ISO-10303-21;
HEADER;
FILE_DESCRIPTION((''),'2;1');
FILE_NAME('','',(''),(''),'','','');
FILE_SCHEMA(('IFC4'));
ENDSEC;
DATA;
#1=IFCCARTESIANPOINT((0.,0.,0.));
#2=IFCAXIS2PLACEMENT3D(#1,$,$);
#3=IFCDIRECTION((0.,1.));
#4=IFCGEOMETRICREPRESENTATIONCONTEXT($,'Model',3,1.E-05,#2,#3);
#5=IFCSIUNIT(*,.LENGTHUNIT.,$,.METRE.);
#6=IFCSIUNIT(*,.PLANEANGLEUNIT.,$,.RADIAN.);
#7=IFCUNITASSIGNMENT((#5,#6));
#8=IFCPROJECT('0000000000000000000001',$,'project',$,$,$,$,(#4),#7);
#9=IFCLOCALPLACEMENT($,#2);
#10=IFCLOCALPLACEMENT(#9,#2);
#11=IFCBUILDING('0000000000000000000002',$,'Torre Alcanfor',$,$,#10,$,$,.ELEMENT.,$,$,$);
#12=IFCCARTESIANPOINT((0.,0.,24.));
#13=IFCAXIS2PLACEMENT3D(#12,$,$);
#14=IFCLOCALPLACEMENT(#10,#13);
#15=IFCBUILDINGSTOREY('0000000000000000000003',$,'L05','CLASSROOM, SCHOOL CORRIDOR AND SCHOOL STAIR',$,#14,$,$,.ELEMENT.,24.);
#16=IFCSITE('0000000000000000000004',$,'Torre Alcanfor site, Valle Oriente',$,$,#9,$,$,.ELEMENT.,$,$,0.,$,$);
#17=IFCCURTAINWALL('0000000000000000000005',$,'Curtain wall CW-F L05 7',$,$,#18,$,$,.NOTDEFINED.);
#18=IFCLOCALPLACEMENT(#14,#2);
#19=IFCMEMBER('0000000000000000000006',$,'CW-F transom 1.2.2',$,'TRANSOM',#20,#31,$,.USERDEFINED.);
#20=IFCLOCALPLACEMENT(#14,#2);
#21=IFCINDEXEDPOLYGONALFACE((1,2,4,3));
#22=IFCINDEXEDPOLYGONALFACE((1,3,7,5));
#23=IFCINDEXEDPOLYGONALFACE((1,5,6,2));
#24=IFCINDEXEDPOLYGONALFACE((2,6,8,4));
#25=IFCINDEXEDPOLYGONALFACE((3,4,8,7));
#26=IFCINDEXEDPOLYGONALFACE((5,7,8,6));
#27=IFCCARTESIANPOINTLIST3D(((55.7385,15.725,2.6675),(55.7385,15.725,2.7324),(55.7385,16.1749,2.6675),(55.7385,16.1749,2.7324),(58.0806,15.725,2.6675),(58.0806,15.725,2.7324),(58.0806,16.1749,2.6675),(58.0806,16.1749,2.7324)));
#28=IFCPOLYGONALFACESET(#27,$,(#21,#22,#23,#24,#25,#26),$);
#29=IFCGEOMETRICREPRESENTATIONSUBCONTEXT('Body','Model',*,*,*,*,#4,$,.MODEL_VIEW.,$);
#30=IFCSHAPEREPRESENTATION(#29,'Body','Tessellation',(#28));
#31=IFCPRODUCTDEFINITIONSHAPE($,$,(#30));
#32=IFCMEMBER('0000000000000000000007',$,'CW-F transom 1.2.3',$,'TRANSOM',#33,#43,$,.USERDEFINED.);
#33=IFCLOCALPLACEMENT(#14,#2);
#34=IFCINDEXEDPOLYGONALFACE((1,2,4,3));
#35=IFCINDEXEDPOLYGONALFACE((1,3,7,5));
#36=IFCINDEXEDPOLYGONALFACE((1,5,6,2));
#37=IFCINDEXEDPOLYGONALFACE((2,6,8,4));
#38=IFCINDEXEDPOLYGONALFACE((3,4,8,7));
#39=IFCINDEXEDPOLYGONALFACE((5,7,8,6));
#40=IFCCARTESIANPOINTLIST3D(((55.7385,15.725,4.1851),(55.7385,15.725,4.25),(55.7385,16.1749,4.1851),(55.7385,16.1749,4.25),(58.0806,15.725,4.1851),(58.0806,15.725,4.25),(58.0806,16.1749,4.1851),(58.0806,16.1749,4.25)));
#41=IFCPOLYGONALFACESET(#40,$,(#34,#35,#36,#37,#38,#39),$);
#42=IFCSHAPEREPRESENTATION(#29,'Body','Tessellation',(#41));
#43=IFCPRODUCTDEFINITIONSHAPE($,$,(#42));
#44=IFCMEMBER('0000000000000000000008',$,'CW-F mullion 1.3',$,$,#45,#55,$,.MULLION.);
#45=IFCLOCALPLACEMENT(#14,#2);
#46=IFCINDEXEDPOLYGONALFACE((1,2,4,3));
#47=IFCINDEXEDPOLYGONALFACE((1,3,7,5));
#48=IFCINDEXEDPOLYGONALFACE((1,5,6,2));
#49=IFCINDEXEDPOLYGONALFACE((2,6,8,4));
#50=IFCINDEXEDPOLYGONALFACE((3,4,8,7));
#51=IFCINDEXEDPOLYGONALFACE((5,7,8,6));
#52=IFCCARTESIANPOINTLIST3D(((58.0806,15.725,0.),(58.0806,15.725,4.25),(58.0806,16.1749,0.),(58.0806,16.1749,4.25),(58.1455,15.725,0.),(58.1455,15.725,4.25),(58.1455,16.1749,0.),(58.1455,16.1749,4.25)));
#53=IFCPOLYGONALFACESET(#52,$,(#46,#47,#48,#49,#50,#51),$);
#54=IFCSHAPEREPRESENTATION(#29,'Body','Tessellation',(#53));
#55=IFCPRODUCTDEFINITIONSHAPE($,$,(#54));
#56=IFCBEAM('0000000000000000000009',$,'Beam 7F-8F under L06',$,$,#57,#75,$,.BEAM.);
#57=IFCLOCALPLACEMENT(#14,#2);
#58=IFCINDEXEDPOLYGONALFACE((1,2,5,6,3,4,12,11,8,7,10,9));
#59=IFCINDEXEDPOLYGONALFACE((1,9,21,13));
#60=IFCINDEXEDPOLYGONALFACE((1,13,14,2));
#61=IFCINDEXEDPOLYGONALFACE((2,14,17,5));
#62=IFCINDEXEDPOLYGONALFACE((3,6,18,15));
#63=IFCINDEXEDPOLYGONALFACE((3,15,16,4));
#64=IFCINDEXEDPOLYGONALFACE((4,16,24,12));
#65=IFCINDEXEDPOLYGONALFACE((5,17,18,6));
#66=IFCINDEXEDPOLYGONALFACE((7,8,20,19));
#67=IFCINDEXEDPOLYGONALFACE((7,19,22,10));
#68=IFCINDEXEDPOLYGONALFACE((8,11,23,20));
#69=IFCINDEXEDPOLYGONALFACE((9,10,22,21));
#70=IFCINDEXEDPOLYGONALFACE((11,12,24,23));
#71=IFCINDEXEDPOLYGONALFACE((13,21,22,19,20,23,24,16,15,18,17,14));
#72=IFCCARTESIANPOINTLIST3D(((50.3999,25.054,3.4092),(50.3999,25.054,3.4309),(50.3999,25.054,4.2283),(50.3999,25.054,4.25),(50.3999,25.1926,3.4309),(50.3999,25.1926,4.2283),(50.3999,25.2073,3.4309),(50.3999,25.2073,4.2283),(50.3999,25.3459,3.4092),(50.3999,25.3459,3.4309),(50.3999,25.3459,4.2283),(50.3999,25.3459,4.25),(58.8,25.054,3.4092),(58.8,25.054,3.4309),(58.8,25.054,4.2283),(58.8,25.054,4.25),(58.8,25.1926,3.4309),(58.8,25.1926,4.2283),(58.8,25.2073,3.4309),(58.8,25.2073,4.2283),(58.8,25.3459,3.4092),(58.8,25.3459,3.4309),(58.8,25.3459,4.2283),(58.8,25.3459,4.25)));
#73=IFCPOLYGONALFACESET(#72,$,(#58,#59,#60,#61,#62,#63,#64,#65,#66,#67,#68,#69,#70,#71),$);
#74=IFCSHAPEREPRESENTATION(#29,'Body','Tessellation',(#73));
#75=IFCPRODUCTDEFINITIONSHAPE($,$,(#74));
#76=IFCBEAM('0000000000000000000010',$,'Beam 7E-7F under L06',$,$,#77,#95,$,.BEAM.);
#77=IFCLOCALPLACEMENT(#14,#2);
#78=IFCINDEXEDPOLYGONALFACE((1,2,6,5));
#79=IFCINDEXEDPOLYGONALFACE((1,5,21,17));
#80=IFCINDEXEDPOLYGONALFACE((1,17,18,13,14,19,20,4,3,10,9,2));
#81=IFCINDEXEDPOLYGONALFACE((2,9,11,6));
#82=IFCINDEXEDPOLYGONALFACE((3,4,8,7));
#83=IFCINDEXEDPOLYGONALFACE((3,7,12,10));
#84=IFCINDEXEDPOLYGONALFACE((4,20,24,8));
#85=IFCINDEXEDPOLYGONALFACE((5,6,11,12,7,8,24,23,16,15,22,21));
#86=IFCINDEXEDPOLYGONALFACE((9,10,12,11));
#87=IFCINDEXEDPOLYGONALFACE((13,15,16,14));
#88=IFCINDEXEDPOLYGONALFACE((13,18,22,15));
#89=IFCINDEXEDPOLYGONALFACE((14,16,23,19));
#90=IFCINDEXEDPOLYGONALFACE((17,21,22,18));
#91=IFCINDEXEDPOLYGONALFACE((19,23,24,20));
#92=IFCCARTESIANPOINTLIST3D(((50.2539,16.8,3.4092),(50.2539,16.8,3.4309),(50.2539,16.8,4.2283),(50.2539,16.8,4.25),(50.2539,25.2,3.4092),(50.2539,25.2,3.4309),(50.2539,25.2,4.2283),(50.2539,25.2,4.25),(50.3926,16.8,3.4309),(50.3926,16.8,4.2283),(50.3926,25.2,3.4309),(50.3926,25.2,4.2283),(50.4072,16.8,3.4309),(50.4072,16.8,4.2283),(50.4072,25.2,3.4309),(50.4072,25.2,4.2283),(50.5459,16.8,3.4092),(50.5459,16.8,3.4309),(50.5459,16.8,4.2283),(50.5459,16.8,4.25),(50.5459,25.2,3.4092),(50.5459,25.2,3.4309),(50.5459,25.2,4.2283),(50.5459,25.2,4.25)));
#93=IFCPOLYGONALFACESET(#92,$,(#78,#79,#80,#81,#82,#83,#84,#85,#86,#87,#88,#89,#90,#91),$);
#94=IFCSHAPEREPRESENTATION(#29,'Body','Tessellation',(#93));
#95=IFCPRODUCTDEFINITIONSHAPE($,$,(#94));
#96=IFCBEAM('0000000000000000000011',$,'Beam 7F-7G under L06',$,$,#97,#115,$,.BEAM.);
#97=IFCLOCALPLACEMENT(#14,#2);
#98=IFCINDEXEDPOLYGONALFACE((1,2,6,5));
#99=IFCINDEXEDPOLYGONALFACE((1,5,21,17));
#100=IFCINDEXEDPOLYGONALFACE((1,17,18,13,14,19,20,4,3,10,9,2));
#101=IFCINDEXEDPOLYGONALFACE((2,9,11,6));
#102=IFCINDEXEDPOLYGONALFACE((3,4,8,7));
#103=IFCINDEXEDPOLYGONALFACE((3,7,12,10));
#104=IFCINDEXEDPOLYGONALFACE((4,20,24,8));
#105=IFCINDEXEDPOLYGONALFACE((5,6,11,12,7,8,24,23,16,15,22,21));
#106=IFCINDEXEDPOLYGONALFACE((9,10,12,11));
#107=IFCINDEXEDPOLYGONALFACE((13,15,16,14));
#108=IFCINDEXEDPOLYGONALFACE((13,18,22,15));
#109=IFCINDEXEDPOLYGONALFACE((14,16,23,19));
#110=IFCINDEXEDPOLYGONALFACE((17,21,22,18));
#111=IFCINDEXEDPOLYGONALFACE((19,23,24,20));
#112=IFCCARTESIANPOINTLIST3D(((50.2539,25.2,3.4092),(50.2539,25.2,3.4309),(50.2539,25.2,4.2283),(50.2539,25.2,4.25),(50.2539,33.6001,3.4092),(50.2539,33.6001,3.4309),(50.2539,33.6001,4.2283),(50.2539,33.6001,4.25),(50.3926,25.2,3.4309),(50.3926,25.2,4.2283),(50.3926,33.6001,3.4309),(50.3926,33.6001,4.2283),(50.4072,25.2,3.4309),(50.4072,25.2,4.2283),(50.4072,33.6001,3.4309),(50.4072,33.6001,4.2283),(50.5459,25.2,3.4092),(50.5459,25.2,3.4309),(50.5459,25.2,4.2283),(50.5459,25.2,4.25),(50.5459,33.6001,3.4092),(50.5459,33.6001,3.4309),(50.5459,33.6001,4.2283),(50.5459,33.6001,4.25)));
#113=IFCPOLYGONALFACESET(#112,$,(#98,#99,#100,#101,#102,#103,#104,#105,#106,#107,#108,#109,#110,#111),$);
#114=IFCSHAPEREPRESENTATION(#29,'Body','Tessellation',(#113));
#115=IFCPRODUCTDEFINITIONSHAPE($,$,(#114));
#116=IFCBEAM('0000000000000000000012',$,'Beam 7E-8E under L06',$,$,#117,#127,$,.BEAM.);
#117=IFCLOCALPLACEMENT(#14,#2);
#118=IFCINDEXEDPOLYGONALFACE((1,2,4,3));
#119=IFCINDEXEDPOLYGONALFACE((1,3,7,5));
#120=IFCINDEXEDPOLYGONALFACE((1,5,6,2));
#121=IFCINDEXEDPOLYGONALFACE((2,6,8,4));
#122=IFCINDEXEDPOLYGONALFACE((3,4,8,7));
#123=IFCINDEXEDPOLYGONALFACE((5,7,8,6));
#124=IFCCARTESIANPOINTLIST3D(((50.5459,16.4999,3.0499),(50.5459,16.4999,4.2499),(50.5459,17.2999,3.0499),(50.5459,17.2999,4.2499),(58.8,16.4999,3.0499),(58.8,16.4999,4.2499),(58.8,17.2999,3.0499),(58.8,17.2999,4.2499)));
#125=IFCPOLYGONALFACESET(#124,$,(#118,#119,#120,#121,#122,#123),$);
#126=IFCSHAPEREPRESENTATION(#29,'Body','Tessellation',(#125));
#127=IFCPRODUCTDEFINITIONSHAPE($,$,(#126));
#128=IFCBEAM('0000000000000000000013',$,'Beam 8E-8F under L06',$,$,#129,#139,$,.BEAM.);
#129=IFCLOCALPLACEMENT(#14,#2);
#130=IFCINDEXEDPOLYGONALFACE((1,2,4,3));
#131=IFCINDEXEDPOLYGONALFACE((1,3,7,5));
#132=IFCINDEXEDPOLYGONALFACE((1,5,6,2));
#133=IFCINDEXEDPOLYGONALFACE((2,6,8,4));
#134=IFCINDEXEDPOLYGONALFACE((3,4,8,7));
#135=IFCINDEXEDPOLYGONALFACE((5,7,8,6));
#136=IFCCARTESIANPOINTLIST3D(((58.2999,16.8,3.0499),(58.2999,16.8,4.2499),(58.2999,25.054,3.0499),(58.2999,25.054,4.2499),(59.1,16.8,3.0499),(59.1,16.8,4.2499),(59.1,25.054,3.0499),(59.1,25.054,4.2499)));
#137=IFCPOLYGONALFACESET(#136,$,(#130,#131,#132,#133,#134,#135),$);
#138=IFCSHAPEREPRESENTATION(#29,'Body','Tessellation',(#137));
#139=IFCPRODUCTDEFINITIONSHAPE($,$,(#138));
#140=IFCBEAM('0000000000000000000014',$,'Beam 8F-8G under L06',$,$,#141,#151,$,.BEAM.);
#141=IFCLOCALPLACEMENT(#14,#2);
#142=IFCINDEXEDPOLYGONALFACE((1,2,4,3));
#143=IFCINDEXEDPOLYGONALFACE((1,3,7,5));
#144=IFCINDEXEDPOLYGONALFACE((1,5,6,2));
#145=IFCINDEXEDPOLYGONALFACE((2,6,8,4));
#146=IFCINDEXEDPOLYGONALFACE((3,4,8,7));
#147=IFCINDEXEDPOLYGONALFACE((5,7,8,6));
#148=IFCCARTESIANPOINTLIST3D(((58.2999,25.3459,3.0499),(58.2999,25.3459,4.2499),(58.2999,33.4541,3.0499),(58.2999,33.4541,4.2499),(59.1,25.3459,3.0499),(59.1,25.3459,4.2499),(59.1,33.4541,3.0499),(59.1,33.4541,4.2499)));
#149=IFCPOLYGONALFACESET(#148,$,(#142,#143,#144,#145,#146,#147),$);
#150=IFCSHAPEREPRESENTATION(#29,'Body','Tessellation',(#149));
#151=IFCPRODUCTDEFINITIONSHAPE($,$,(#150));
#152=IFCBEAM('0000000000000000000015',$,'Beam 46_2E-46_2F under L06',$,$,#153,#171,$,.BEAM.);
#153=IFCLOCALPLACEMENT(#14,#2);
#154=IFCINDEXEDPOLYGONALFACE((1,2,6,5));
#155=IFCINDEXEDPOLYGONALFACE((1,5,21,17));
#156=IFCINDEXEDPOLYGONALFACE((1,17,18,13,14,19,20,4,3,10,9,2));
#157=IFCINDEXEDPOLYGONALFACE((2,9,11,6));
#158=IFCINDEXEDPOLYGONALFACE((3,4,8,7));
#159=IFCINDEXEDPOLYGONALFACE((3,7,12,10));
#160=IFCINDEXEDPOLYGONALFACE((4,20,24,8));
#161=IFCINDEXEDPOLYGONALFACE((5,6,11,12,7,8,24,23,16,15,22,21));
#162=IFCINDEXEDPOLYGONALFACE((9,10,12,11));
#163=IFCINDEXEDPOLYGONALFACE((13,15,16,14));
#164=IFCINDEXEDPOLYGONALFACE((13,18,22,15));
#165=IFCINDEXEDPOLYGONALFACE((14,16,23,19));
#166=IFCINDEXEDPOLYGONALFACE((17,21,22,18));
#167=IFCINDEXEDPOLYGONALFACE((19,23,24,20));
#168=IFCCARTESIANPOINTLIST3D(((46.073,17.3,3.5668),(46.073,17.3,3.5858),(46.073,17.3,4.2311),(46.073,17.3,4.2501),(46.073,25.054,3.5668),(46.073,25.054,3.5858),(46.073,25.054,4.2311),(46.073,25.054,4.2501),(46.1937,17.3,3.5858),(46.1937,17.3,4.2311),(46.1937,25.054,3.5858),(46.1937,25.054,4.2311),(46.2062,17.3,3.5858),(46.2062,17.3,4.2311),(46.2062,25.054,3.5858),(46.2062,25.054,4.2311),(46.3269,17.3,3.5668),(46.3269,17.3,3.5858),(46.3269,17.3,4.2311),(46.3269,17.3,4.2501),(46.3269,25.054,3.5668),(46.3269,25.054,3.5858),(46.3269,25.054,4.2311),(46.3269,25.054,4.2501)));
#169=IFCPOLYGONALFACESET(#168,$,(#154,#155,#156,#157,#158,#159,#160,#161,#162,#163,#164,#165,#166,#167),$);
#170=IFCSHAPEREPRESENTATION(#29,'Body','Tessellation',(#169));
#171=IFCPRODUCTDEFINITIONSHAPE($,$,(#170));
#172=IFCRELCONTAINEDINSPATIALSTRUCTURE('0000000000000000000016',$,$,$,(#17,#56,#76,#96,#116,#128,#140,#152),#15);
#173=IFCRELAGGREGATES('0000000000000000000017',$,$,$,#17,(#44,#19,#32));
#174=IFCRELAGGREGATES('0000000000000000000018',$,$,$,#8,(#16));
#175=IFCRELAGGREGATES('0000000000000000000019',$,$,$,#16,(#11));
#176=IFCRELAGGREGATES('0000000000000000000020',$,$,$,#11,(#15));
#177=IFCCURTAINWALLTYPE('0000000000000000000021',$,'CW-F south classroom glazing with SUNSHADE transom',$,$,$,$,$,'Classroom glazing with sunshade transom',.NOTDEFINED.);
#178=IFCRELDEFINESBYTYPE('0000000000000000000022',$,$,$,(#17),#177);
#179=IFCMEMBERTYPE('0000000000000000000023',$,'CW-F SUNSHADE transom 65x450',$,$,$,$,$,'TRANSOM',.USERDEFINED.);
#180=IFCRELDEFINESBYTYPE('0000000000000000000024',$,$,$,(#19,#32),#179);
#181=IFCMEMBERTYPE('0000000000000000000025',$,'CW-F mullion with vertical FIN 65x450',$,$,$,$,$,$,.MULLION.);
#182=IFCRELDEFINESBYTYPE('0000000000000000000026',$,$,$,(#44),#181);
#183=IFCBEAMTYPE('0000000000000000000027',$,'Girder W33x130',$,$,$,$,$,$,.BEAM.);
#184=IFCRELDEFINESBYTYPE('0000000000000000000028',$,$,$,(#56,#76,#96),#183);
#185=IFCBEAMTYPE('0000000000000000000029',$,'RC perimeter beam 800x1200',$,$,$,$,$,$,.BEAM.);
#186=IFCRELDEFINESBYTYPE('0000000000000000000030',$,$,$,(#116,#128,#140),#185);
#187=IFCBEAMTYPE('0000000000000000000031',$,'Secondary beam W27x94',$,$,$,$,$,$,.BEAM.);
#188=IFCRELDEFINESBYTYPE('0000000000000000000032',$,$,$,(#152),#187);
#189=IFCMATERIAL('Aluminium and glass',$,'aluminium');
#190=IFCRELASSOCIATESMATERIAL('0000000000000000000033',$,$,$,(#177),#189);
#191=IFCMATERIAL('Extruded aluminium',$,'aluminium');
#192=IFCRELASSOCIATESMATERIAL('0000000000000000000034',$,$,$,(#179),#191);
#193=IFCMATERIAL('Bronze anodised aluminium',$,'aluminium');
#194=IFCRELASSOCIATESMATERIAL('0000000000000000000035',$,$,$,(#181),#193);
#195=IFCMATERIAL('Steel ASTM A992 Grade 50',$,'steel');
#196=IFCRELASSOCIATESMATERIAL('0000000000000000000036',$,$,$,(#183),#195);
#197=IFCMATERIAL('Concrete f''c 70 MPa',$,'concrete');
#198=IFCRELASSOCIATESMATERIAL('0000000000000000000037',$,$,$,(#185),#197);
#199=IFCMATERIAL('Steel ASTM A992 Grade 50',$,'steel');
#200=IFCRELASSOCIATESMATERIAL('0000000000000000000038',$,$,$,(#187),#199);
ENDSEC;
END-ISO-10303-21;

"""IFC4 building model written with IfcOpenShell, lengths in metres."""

from ifc_helpers import new_model, si_unit, direction, frame, origin, origin_2d, place, context, subcontext, project, spatial, rectangle, i_section, extrude, material, material_profile, profile_set, type_object, element, aggregate, save


model = new_model("IFC4")

# Units and contexts
model_context = context("Model", 3, precision=1e-05, world=origin(), true_north=direction((0.0, 1.0)))
body_context = subcontext(model_context, "Body", "Model", "MODEL_VIEW")
ifc_project = project(units=[si_unit("LENGTHUNIT", "METRE"), si_unit("PLANEANGLEUNIT", "RADIAN")], contexts=[model_context])

# Site, building, storey
site_placement = place(None, origin())
site = spatial("IfcSite", under=ifc_project, at=site_placement, Name="Torre Alcanfor site, Valle Oriente", CompositionType="ELEMENT", RefElevation=0.0)
building_placement = place(site_placement, origin())
building = spatial("IfcBuilding", under=site, at=building_placement, Name="Torre Alcanfor", CompositionType="ELEMENT")
storey_placement = place(building_placement, frame((0.0, 0.0, 24.0)))
storey = spatial("IfcBuildingStorey", under=building, at=storey_placement, Name="L05", Description="CLASSROOM, SCHOOL CORRIDOR AND SCHOOL STAIR", CompositionType="ELEMENT", Elevation=24.0)

# Curtain wall, members
ifc_material_1 = material(Name="Aluminium and glass", Category="aluminium")
curtain_wall_type_1 = type_object("IfcCurtainWallType", Name="CW-F south classroom glazing with SUNSHADE transom", ElementType="Classroom glazing with sunshade transom", PredefinedType="NOTDEFINED", material=ifc_material_1)
curtain_wall_1_placement = place(storey_placement, origin())
curtain_wall_1 = element("IfcCurtainWall", 1, at=curtain_wall_1_placement, inside=storey, type_object=curtain_wall_type_1, Name="Curtain wall CW-F L05 7", PredefinedType="NOTDEFINED")
ifc_material_2 = material(Name="Extruded aluminium", Category="aluminium")
ifc_material_profile_1 = material_profile(ifc_material_2, rectangle(XDim=0.45, YDim=0.0649, at=origin_2d()), Name="CW-F transom 450x65")
ifc_profile_set_1 = profile_set([ifc_material_profile_1], Name="Extruded aluminium")
member_type_1 = type_object("IfcMemberType", Name="CW-F SUNSHADE transom 65x450", ElementType="TRANSOM", PredefinedType="USERDEFINED", material=ifc_profile_set_1)
member_1_placement = place(storey_placement, frame((55.7385, 15.95, 2.7), z_axis=(1.0, 0.0, 0.0), x_axis=(0.0, 1.0, 0.0)))
member_1 = element("IfcMember", 2, at=member_1_placement, type_object=member_type_1, Name="CW-F transom 1.2.2", ObjectType="TRANSOM", PredefinedType="USERDEFINED", context=body_context, shape_type="SweptSolid", body=[
    extrude(rectangle(XDim=0.45, YDim=0.0649, at=origin_2d()), origin(), (0.0, 0.0, 1.0), 2.342),
])
member_2_placement = place(storey_placement, frame((55.7385, 15.95, 4.2175), z_axis=(1.0, 0.0, 0.0), x_axis=(0.0, 1.0, 0.0)))
member_2 = element("IfcMember", 3, at=member_2_placement, type_object=member_type_1, Name="CW-F transom 1.2.3", ObjectType="TRANSOM", PredefinedType="USERDEFINED", context=body_context, shape_type="SweptSolid", body=[
    extrude(rectangle(XDim=0.45, YDim=0.0649, at=origin_2d()), origin(), (0.0, 0.0, 1.0), 2.342),
])
ifc_material_3 = material(Name="Bronze anodised aluminium", Category="aluminium")
ifc_material_profile_2 = material_profile(ifc_material_3, rectangle(XDim=0.45, YDim=0.0649, at=origin_2d()), Name="CW-F mullion 65x450")
ifc_profile_set_2 = profile_set([ifc_material_profile_2], Name="Bronze anodised aluminium")
member_type_2 = type_object("IfcMemberType", Name="CW-F mullion with vertical FIN 65x450", PredefinedType="MULLION", material=ifc_profile_set_2)
member_3_placement = place(storey_placement, frame((58.113, 15.95, 0.0), z_axis=(0.0, 0.0, 1.0), x_axis=(0.0, 1.0, 0.0)))
member_3 = element("IfcMember", 4, at=member_3_placement, type_object=member_type_2, Name="CW-F mullion 1.3", PredefinedType="MULLION", context=body_context, shape_type="SweptSolid", body=[
    extrude(rectangle(XDim=0.45, YDim=0.0649, at=origin_2d()), origin(), (0.0, 0.0, 1.0), 4.25),
])

# Beams
ifc_material_4 = material(Name="Steel ASTM A992 Grade 50", Category="steel")
ifc_material_profile_3 = material_profile(ifc_material_4, i_section(OverallWidth=0.292, OverallDepth=0.8408, WebThickness=0.0146, FlangeThickness=0.0217, at=origin_2d()), Name="W33x130")
ifc_profile_set_3 = profile_set([ifc_material_profile_3], Name="Steel ASTM A992 Grade 50")
beam_type_1 = type_object("IfcBeamType", Name="Girder W33x130", PredefinedType="BEAM", material=ifc_profile_set_3)
beam_1_placement = place(storey_placement, frame((50.3999, 25.2, 3.8296), z_axis=(1.0, 0.0, 0.0), x_axis=(0.0, 1.0, 0.0)))
element("IfcBeam", 5, at=beam_1_placement, inside=storey, type_object=beam_type_1, Name="Beam 7F-8F under L06", PredefinedType="BEAM", context=body_context, shape_type="SweptSolid", body=[
    extrude(i_section(OverallWidth=0.292, OverallDepth=0.8408, WebThickness=0.0146, FlangeThickness=0.0217, at=origin_2d()), origin(), (0.0, 0.0, 1.0), 8.4001),
])
beam_2_placement = place(storey_placement, frame((50.3999, 16.8, 3.8296), z_axis=(0.0, 1.0, 0.0), x_axis=(-1.0, 0.0, 0.0)))
element("IfcBeam", 6, at=beam_2_placement, inside=storey, type_object=beam_type_1, Name="Beam 7E-7F under L06", PredefinedType="BEAM", context=body_context, shape_type="SweptSolid", body=[
    extrude(i_section(OverallWidth=0.292, OverallDepth=0.8408, WebThickness=0.0146, FlangeThickness=0.0217, at=origin_2d()), origin(), (0.0, 0.0, 1.0), 8.3999),
])
beam_3_placement = place(storey_placement, frame((50.3999, 25.2, 3.8296), z_axis=(0.0, 1.0, 0.0), x_axis=(-1.0, 0.0, 0.0)))
element("IfcBeam", 7, at=beam_3_placement, inside=storey, type_object=beam_type_1, Name="Beam 7F-7G under L06", PredefinedType="BEAM", context=body_context, shape_type="SweptSolid", body=[
    extrude(i_section(OverallWidth=0.292, OverallDepth=0.8408, WebThickness=0.0146, FlangeThickness=0.0217, at=origin_2d()), origin(), (0.0, 0.0, 1.0), 8.4001),
])
ifc_material_5 = material(Name="Concrete f'c 70 MPa", Category="concrete")
ifc_material_profile_4 = material_profile(ifc_material_5, rectangle(XDim=0.8, YDim=1.2, at=origin_2d()), Name="800x1200")
ifc_profile_set_4 = profile_set([ifc_material_profile_4], Name="Concrete f'c 70 MPa")
beam_type_2 = type_object("IfcBeamType", Name="RC perimeter beam 800x1200", PredefinedType="BEAM", material=ifc_profile_set_4)
beam_4_placement = place(storey_placement, frame((50.5459, 16.8999, 3.6499), z_axis=(1.0, 0.0, 0.0), x_axis=(0.0, 1.0, 0.0)))
element("IfcBeam", 8, at=beam_4_placement, inside=storey, type_object=beam_type_2, Name="Beam 7E-8E under L06", PredefinedType="BEAM", context=body_context, shape_type="SweptSolid", body=[
    extrude(rectangle(XDim=0.8, YDim=1.2, at=origin_2d()), origin(), (0.0, 0.0, 1.0), 8.2542),
])
beam_5_placement = place(storey_placement, frame((58.7, 16.8, 3.6499), z_axis=(0.0, 1.0, 0.0), x_axis=(-1.0, 0.0, 0.0)))
element("IfcBeam", 9, at=beam_5_placement, inside=storey, type_object=beam_type_2, Name="Beam 8E-8F under L06", PredefinedType="BEAM", context=body_context, shape_type="SweptSolid", body=[
    extrude(rectangle(XDim=0.8, YDim=1.2, at=origin_2d()), origin(), (0.0, 0.0, 1.0), 8.2539),
])
beam_6_placement = place(storey_placement, frame((58.7, 25.3459, 3.6499), z_axis=(0.0, 1.0, 0.0), x_axis=(-1.0, 0.0, 0.0)))
element("IfcBeam", 10, at=beam_6_placement, inside=storey, type_object=beam_type_2, Name="Beam 8F-8G under L06", PredefinedType="BEAM", context=body_context, shape_type="SweptSolid", body=[
    extrude(rectangle(XDim=0.8, YDim=1.2, at=origin_2d()), origin(), (0.0, 0.0, 1.0), 8.1082),
])
ifc_material_6 = material(Name="Steel ASTM A992 Grade 50", Category="steel")
ifc_material_profile_5 = material_profile(ifc_material_6, i_section(OverallWidth=0.2539, OverallDepth=0.6833, WebThickness=0.0125, FlangeThickness=0.019, at=origin_2d()), Name="W27x94")
ifc_profile_set_5 = profile_set([ifc_material_profile_5], Name="Steel ASTM A992 Grade 50")
beam_type_3 = type_object("IfcBeamType", Name="Secondary beam W27x94", PredefinedType="BEAM", material=ifc_profile_set_5)
beam_7_placement = place(storey_placement, frame((46.2, 17.3, 3.9084), z_axis=(0.0, 1.0, 0.0), x_axis=(-1.0, 0.0, 0.0)))
element("IfcBeam", 11, at=beam_7_placement, inside=storey, type_object=beam_type_3, Name="Beam 46_2E-46_2F under L06", PredefinedType="BEAM", context=body_context, shape_type="SweptSolid", body=[
    extrude(i_section(OverallWidth=0.2539, OverallDepth=0.6833, WebThickness=0.0125, FlangeThickness=0.019, at=origin_2d()), origin(), (0.0, 0.0, 1.0), 7.7539),
])

aggregate(curtain_wall_1, [member_3, member_1, member_2])

save(model, "model.ifc")
